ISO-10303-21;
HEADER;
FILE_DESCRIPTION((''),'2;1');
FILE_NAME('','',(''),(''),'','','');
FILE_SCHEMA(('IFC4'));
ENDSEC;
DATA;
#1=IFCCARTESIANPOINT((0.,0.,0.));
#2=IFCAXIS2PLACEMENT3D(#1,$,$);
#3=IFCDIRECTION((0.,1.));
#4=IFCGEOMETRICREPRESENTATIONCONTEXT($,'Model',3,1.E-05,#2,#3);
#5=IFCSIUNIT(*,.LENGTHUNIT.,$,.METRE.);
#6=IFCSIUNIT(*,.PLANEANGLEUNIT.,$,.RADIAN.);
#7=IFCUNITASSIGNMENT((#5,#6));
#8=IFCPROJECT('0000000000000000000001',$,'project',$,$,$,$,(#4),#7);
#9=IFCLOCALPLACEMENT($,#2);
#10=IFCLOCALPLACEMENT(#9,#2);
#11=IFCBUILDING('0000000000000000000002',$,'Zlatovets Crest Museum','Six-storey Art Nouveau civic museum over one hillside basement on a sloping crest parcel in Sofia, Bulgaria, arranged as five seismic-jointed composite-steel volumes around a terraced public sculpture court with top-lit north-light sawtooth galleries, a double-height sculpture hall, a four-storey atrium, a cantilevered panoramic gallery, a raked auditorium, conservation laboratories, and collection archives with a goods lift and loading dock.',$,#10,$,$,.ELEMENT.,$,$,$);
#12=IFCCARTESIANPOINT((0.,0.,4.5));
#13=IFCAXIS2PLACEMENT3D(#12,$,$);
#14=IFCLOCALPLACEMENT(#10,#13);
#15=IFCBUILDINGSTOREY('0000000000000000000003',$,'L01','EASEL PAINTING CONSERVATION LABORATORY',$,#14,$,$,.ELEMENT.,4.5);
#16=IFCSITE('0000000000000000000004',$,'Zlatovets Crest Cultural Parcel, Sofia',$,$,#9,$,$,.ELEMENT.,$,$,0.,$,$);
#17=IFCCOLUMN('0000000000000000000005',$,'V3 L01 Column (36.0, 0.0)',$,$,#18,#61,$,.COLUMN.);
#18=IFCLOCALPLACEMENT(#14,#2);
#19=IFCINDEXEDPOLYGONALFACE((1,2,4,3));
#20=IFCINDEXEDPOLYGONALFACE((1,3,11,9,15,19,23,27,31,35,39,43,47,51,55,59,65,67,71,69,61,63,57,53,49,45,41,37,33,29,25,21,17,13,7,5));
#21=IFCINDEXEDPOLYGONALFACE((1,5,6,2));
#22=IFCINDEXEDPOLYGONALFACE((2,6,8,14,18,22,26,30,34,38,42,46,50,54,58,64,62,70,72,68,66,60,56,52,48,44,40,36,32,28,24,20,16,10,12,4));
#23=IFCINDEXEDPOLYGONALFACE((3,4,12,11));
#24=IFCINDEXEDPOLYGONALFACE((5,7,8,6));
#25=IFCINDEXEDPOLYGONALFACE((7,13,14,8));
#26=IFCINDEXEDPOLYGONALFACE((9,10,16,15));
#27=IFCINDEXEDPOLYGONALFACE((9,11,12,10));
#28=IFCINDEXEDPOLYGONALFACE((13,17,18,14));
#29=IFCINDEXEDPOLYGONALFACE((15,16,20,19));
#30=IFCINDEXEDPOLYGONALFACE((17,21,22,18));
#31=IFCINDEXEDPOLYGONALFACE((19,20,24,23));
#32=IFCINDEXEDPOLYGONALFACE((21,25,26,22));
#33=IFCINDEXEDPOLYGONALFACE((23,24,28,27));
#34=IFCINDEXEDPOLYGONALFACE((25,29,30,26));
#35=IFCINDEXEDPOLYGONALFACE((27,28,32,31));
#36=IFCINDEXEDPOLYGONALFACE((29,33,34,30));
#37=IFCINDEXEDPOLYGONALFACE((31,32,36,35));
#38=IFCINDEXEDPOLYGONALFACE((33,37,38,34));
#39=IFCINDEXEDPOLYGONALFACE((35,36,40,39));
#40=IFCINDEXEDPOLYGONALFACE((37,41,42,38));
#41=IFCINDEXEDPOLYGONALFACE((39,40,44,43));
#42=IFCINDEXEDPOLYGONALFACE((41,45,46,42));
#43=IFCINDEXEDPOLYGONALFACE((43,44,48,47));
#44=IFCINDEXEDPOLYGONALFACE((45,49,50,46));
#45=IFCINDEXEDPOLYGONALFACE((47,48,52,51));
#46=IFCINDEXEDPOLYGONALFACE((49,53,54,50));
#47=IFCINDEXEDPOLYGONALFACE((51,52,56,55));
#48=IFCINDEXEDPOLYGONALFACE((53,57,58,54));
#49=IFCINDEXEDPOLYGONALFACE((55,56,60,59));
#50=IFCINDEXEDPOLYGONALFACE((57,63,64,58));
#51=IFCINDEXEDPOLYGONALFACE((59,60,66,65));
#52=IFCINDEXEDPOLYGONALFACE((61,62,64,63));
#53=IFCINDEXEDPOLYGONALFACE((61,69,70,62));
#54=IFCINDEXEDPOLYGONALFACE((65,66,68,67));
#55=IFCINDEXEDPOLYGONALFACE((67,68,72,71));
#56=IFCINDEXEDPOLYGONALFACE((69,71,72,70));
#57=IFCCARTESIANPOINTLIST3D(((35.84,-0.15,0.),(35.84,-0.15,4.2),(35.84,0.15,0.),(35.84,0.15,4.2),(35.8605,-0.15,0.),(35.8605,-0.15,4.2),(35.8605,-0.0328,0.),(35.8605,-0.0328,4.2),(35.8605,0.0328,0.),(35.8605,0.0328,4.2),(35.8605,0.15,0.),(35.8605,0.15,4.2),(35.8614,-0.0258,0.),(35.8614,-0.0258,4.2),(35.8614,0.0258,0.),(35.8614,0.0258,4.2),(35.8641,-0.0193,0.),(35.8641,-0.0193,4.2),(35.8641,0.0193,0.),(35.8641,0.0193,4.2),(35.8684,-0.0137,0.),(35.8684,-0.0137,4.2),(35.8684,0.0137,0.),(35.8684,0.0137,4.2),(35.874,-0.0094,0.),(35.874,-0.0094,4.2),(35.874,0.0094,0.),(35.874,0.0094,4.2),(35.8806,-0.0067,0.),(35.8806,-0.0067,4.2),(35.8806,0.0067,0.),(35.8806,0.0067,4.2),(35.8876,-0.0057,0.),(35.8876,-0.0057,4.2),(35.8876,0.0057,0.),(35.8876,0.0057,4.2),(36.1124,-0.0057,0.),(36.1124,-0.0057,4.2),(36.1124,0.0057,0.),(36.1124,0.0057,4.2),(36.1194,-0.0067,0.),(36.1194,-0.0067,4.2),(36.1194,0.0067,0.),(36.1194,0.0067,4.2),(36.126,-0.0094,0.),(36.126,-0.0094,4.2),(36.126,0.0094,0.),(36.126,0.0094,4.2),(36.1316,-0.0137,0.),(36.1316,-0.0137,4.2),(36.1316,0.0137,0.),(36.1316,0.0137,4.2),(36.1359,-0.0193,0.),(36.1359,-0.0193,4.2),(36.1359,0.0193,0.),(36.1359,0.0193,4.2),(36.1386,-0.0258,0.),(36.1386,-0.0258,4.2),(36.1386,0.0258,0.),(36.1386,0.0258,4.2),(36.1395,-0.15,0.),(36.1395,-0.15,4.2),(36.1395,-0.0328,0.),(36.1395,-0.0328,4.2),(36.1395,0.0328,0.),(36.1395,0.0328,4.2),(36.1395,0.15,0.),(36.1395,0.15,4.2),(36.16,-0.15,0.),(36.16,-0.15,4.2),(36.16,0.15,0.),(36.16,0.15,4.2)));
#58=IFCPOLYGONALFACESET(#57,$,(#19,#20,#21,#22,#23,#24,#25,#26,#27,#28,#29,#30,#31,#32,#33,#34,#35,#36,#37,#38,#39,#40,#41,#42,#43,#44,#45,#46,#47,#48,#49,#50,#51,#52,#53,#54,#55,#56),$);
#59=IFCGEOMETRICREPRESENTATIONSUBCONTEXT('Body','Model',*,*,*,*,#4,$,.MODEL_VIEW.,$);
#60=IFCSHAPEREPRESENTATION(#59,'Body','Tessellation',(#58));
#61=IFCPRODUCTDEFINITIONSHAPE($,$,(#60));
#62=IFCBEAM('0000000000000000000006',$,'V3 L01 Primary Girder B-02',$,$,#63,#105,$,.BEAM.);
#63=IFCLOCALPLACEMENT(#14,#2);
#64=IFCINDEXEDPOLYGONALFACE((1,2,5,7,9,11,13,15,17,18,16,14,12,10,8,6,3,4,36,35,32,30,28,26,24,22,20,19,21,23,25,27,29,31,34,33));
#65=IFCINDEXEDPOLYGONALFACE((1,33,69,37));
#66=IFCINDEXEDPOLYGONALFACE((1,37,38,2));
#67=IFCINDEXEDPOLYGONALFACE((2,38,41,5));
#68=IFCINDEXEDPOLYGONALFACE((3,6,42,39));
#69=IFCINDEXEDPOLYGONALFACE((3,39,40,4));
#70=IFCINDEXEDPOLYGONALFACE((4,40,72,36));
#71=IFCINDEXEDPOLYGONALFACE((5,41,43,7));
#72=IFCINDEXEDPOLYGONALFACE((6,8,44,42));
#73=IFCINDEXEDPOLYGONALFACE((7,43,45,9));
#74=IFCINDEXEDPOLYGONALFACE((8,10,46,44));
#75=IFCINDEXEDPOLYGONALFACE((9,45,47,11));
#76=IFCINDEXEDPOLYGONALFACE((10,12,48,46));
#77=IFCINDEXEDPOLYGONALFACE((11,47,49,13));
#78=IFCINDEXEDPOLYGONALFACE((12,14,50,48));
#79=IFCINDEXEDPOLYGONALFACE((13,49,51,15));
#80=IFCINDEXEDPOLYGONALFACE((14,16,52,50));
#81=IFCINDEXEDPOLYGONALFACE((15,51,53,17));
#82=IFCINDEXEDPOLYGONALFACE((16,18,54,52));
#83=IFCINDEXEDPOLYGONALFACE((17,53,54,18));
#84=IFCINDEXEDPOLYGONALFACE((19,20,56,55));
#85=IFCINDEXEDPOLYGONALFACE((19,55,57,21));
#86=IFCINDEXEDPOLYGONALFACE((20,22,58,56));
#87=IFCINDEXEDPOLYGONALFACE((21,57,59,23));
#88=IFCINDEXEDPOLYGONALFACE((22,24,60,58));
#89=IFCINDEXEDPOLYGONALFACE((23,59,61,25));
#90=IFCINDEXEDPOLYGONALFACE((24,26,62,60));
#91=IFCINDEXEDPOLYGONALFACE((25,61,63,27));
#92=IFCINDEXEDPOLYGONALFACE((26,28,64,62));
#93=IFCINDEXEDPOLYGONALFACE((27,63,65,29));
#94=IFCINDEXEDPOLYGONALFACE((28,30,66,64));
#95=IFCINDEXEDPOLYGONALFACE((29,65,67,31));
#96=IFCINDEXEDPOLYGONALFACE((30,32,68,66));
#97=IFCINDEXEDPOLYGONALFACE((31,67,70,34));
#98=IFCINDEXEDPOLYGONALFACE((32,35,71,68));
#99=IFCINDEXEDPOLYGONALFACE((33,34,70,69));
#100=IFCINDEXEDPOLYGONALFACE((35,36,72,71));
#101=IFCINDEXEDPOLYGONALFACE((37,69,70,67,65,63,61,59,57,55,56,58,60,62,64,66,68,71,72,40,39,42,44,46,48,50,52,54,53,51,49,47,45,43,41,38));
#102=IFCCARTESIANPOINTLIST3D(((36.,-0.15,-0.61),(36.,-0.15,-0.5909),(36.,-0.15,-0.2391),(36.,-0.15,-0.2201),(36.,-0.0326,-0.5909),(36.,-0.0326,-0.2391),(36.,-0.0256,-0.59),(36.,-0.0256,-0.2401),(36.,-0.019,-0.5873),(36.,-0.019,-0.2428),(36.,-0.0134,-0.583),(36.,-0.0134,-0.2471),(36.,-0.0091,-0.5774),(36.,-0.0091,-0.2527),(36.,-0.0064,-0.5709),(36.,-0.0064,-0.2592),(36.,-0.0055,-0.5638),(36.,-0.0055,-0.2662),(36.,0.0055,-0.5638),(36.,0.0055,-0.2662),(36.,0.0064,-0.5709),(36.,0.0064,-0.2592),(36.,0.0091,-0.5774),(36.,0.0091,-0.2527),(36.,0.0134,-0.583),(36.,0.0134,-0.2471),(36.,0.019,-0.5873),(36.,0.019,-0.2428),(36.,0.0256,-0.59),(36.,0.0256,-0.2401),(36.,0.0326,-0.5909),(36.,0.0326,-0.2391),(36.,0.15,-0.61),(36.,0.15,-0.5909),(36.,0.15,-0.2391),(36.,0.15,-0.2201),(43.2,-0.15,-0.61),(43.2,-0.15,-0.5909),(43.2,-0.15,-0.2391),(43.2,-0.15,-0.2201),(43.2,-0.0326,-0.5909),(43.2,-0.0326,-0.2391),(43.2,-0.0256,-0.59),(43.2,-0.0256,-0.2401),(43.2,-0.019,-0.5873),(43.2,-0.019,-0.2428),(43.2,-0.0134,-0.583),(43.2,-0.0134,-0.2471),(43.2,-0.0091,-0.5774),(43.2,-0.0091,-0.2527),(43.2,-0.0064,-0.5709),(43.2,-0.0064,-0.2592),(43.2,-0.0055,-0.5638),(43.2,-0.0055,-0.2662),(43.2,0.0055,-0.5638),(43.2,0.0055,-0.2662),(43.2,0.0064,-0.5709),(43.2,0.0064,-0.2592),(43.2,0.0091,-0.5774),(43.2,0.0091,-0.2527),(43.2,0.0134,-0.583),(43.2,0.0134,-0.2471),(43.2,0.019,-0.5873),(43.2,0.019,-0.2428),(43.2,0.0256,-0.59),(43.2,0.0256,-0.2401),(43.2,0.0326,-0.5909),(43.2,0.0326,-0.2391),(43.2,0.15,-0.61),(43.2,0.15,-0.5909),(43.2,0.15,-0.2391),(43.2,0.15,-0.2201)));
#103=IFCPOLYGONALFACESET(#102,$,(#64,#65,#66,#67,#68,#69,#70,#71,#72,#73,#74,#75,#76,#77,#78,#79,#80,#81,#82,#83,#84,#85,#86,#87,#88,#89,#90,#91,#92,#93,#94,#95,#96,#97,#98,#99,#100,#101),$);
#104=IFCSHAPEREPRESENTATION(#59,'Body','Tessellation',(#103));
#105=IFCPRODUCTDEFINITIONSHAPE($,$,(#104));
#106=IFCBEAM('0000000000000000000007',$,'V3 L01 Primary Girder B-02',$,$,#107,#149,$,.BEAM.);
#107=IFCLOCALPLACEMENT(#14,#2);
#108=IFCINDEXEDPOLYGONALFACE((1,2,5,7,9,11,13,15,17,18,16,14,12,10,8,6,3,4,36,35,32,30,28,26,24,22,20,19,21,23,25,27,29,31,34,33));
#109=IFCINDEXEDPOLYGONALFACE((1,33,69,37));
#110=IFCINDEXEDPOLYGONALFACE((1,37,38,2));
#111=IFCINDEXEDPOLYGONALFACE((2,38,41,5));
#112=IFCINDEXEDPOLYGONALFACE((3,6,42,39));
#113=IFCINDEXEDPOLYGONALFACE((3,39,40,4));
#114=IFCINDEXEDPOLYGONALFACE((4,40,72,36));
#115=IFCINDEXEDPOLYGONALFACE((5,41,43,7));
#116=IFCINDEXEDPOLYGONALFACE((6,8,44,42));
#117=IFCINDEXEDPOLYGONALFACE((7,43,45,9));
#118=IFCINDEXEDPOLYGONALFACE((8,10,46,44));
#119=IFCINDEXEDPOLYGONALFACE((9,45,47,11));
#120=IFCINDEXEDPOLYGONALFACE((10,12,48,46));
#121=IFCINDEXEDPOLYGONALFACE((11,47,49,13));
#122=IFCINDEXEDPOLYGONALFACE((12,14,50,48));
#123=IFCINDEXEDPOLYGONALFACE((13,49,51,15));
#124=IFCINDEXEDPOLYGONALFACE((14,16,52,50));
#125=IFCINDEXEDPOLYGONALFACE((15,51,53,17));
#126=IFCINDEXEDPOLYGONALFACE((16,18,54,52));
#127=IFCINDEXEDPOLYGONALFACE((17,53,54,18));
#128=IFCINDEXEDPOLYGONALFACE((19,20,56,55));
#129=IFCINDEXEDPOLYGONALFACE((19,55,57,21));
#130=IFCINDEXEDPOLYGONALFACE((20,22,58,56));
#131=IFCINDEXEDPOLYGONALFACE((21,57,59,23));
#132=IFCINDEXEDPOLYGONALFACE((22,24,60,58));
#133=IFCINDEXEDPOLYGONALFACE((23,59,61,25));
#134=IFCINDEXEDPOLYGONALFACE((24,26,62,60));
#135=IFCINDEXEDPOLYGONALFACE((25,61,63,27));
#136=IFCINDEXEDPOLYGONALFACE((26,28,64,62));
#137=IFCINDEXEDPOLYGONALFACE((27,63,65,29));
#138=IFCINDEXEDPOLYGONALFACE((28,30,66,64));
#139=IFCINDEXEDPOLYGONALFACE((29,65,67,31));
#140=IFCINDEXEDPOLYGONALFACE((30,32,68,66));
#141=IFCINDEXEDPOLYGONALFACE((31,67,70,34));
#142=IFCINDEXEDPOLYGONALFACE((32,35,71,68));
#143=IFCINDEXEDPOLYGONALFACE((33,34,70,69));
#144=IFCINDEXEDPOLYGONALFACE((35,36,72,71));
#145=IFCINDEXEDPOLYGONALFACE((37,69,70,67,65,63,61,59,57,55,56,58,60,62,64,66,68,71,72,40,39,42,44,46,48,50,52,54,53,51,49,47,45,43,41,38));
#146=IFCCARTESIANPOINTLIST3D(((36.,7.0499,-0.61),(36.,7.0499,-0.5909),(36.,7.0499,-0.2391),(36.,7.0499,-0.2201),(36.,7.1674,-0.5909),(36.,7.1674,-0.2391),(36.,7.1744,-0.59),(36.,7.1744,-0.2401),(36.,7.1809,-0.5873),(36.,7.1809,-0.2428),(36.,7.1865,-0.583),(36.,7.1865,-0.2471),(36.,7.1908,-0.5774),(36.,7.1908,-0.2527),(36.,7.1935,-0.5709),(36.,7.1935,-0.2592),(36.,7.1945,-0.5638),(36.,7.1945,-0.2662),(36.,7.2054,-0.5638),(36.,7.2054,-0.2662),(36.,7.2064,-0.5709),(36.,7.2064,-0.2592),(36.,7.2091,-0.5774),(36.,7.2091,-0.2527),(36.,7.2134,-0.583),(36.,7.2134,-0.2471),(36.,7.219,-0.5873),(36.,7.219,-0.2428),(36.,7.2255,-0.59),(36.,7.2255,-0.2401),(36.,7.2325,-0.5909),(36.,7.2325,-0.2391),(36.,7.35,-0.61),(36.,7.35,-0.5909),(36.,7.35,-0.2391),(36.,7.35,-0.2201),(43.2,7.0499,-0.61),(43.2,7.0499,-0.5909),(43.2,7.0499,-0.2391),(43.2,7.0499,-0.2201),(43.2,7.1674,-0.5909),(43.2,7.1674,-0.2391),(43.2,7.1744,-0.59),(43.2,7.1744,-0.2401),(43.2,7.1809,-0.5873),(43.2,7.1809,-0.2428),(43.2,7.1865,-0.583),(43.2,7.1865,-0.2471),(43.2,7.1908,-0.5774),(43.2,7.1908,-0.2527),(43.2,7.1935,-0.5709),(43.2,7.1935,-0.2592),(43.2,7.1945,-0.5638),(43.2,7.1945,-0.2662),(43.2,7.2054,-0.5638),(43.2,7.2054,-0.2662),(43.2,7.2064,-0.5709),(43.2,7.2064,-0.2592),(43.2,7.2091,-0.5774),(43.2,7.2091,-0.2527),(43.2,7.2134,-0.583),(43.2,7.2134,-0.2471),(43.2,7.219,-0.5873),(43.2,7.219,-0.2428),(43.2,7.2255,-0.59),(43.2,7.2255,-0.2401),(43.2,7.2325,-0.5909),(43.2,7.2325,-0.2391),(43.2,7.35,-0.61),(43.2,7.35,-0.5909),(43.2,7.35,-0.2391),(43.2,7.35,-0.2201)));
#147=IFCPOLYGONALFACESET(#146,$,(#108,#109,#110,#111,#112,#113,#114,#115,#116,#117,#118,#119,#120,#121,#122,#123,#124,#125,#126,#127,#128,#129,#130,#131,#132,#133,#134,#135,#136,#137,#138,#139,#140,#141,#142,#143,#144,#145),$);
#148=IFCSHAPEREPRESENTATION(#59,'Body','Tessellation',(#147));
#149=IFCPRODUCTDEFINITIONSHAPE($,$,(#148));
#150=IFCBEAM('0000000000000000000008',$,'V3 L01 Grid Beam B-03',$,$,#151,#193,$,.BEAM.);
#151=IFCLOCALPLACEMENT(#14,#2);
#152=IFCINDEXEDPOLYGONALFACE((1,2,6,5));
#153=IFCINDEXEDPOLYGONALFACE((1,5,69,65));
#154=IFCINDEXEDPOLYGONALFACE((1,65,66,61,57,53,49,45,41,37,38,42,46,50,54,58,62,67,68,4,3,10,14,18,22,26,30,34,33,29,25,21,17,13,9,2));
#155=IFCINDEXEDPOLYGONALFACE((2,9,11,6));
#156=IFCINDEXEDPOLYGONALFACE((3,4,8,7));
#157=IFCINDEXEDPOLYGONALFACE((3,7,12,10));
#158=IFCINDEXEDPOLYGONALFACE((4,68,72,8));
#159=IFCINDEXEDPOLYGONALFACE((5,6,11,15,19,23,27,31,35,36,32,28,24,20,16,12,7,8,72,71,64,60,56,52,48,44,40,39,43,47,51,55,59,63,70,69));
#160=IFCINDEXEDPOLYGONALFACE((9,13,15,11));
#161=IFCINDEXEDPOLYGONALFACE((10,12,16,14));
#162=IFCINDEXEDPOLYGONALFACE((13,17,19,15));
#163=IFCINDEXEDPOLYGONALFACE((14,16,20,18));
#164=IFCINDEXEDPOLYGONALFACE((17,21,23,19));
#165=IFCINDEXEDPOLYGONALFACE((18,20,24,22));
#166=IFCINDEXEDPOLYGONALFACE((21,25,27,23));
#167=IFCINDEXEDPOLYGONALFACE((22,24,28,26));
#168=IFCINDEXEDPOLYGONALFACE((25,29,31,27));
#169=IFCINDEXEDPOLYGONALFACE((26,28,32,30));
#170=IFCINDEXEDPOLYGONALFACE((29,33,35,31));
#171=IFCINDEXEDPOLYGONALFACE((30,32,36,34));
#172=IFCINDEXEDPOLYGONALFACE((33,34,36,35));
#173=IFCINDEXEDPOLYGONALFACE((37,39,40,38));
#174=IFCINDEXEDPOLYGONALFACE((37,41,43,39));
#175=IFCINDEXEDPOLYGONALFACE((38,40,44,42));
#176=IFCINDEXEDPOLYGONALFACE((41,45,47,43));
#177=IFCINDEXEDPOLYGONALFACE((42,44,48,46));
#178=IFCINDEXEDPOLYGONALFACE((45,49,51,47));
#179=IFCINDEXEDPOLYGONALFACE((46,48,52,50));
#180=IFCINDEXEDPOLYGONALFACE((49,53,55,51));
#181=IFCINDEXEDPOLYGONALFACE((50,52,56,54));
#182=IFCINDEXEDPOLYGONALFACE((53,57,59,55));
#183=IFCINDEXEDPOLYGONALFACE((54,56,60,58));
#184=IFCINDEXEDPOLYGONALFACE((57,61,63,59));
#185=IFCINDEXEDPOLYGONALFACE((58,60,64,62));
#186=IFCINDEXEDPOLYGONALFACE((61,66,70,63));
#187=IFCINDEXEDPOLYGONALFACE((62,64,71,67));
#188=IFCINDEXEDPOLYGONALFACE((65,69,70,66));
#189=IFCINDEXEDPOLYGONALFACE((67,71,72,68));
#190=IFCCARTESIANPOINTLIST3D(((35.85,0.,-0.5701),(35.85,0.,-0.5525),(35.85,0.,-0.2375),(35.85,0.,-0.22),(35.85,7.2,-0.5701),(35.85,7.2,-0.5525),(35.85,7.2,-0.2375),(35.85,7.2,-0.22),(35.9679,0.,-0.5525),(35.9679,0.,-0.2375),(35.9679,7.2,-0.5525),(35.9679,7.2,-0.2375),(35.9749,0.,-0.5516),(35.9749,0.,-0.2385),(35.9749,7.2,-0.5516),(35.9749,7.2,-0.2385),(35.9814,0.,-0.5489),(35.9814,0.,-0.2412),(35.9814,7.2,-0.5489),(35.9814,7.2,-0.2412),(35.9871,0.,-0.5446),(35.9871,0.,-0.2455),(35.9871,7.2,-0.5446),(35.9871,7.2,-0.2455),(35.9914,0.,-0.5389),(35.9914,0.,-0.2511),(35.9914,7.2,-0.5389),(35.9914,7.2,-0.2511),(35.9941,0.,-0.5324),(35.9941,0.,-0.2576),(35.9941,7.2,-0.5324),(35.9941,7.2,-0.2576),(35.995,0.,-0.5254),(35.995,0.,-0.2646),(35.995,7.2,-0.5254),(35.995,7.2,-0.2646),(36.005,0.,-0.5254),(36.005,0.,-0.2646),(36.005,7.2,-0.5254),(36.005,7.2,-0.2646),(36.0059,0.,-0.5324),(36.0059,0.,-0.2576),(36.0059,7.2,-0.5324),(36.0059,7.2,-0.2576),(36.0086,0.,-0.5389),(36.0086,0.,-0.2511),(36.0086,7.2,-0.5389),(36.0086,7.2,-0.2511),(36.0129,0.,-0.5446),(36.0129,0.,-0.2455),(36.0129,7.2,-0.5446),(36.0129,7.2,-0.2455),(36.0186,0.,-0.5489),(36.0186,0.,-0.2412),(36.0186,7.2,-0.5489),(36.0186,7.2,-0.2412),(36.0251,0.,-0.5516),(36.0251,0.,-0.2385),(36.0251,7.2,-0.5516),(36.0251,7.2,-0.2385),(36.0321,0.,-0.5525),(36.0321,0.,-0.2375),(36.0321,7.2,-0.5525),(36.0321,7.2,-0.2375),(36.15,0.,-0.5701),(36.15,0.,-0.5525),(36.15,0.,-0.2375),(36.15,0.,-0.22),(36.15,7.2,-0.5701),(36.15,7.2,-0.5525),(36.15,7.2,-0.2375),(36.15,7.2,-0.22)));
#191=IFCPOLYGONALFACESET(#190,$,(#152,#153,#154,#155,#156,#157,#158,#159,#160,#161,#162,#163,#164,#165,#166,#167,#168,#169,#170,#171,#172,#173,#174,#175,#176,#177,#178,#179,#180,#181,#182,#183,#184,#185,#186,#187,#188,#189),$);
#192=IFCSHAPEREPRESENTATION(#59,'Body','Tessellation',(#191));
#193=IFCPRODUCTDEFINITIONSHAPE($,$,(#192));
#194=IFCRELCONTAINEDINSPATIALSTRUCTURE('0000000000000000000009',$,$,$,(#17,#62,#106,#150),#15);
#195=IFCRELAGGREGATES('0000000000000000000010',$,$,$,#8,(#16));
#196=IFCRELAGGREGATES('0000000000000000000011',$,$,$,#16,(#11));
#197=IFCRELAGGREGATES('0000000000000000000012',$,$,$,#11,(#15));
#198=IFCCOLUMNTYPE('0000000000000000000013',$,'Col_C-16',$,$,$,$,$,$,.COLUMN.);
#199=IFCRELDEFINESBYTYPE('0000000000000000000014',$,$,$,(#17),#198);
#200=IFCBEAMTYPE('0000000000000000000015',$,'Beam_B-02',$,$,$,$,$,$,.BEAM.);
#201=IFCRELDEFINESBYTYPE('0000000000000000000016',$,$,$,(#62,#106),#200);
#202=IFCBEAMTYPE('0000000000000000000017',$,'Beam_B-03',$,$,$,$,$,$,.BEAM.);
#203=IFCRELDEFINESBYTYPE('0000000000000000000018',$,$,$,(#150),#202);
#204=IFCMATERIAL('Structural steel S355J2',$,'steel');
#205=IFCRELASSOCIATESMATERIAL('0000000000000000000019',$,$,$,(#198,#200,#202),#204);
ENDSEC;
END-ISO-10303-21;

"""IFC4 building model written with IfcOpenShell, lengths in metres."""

from ifc_helpers import new_model, si_unit, direction, frame, origin, origin_2d, place, context, subcontext, project, spatial, i_section, extrude, material, material_profile, profile_set, type_object, element, save


model = new_model("IFC4")

# Units and contexts
model_context = context("Model", 3, precision=1e-05, world=origin(), true_north=direction((0.0, 1.0)))
body_context = subcontext(model_context, "Body", "Model", "MODEL_VIEW")
ifc_project = project(units=[si_unit("LENGTHUNIT", "METRE"), si_unit("PLANEANGLEUNIT", "RADIAN")], contexts=[model_context])

# Site, building, storey
site_placement = place(None, origin())
site = spatial("IfcSite", under=ifc_project, at=site_placement, Name="Zlatovets Crest Cultural Parcel, Sofia", CompositionType="ELEMENT", RefElevation=0.0)
building_placement = place(site_placement, origin())
building = spatial("IfcBuilding", under=site, at=building_placement, Name="Zlatovets Crest Museum", Description="Six-storey Art Nouveau civic museum over one hillside basement on a sloping crest parcel in Sofia, Bulgaria, arranged as five seismic-jointed composite-steel volumes around a terraced public sculpture court with top-lit north-light sawtooth galleries, a double-height sculpture hall, a four-storey atrium, a cantilevered panoramic gallery, a raked auditorium, conservation laboratories, and collection archives with a goods lift and loading dock.", CompositionType="ELEMENT")
storey_placement = place(building_placement, frame((0.0, 0.0, 4.5)))
storey = spatial("IfcBuildingStorey", under=building, at=storey_placement, Name="L01", Description="EASEL PAINTING CONSERVATION LABORATORY", CompositionType="ELEMENT", Elevation=4.5)

# Column
ifc_material_1 = material(Name="Structural steel S355J2", Category="steel")
ifc_material_profile_1 = material_profile(ifc_material_1, i_section(OverallWidth=0.3, OverallDepth=0.3201, WebThickness=0.0115, FlangeThickness=0.0205, FilletRadius=0.0271, at=origin_2d()), Name="HEB 320")
ifc_profile_set_1 = profile_set([ifc_material_profile_1], Name="Structural steel S355J2")
column_type = type_object("IfcColumnType", Name="Col_C-16", PredefinedType="COLUMN", material=ifc_profile_set_1)
column_placement = place(storey_placement, frame((36.0, 0.0, 0.0), z_axis=(0.0, 0.0, 1.0), x_axis=(0.0, 1.0, 0.0)))
element("IfcColumn", 1, at=column_placement, inside=storey, type_object=column_type, Name="V3 L01 Column (36.0, 0.0)", PredefinedType="COLUMN", context=body_context, shape_type="SweptSolid", body=[
    extrude(i_section(OverallWidth=0.3, OverallDepth=0.3201, WebThickness=0.0115, FlangeThickness=0.0205, FilletRadius=0.0271, at=origin_2d()), origin(), (0.0, 0.0, 1.0), 4.2),
])

# Beams
ifc_material_profile_2 = material_profile(ifc_material_1, i_section(OverallWidth=0.3, OverallDepth=0.3899, WebThickness=0.011, FlangeThickness=0.019, FilletRadius=0.0271, at=origin_2d()), Name="HEA 400")
ifc_profile_set_2 = profile_set([ifc_material_profile_2], Name="Structural steel S355J2")
beam_type_1 = type_object("IfcBeamType", Name="Beam_B-02", PredefinedType="BEAM", material=ifc_profile_set_2)
for number, where, z_axis, x_axis, name in (
    (2, (36.0, 0.0, -0.415), (1.0, 0.0, 0.0), (0.0, 1.0, 0.0), "V3 L01 Primary Girder B-02"),
    (3, (36.0, 7.2, -0.415), (1.0, 0.0, 0.0), (0.0, 1.0, 0.0), "V3 L01 Primary Girder B-02"),
):
    element("IfcBeam", number, at=place(storey_placement, frame(where, z_axis=z_axis, x_axis=x_axis)), inside=storey, type_object=beam_type_1, Name=name, PredefinedType="BEAM", context=body_context, shape_type="SweptSolid", body=[
        extrude(i_section(OverallWidth=0.3, OverallDepth=0.3899, WebThickness=0.011, FlangeThickness=0.019, FilletRadius=0.0271, at=origin_2d()), origin(), (0.0, 0.0, 1.0), 7.2),
    ])
ifc_material_profile_3 = material_profile(ifc_material_1, i_section(OverallWidth=0.3, OverallDepth=0.3501, WebThickness=0.01, FlangeThickness=0.0176, FilletRadius=0.0271, at=origin_2d()), Name="HEA 360")
ifc_profile_set_3 = profile_set([ifc_material_profile_3], Name="Structural steel S355J2")
beam_type_2 = type_object("IfcBeamType", Name="Beam_B-03", PredefinedType="BEAM", material=ifc_profile_set_3)
beam_placement = place(storey_placement, frame((36.0, 0.0, -0.395), z_axis=(0.0, 1.0, 0.0), x_axis=(-1.0, 0.0, 0.0)))
element("IfcBeam", 4, at=beam_placement, inside=storey, type_object=beam_type_2, Name="V3 L01 Grid Beam B-03", PredefinedType="BEAM", context=body_context, shape_type="SweptSolid", body=[
    extrude(i_section(OverallWidth=0.3, OverallDepth=0.3501, WebThickness=0.01, FlangeThickness=0.0176, FilletRadius=0.0271, at=origin_2d()), origin(), (0.0, 0.0, 1.0), 7.2),
])

save(model, "model.ifc")
